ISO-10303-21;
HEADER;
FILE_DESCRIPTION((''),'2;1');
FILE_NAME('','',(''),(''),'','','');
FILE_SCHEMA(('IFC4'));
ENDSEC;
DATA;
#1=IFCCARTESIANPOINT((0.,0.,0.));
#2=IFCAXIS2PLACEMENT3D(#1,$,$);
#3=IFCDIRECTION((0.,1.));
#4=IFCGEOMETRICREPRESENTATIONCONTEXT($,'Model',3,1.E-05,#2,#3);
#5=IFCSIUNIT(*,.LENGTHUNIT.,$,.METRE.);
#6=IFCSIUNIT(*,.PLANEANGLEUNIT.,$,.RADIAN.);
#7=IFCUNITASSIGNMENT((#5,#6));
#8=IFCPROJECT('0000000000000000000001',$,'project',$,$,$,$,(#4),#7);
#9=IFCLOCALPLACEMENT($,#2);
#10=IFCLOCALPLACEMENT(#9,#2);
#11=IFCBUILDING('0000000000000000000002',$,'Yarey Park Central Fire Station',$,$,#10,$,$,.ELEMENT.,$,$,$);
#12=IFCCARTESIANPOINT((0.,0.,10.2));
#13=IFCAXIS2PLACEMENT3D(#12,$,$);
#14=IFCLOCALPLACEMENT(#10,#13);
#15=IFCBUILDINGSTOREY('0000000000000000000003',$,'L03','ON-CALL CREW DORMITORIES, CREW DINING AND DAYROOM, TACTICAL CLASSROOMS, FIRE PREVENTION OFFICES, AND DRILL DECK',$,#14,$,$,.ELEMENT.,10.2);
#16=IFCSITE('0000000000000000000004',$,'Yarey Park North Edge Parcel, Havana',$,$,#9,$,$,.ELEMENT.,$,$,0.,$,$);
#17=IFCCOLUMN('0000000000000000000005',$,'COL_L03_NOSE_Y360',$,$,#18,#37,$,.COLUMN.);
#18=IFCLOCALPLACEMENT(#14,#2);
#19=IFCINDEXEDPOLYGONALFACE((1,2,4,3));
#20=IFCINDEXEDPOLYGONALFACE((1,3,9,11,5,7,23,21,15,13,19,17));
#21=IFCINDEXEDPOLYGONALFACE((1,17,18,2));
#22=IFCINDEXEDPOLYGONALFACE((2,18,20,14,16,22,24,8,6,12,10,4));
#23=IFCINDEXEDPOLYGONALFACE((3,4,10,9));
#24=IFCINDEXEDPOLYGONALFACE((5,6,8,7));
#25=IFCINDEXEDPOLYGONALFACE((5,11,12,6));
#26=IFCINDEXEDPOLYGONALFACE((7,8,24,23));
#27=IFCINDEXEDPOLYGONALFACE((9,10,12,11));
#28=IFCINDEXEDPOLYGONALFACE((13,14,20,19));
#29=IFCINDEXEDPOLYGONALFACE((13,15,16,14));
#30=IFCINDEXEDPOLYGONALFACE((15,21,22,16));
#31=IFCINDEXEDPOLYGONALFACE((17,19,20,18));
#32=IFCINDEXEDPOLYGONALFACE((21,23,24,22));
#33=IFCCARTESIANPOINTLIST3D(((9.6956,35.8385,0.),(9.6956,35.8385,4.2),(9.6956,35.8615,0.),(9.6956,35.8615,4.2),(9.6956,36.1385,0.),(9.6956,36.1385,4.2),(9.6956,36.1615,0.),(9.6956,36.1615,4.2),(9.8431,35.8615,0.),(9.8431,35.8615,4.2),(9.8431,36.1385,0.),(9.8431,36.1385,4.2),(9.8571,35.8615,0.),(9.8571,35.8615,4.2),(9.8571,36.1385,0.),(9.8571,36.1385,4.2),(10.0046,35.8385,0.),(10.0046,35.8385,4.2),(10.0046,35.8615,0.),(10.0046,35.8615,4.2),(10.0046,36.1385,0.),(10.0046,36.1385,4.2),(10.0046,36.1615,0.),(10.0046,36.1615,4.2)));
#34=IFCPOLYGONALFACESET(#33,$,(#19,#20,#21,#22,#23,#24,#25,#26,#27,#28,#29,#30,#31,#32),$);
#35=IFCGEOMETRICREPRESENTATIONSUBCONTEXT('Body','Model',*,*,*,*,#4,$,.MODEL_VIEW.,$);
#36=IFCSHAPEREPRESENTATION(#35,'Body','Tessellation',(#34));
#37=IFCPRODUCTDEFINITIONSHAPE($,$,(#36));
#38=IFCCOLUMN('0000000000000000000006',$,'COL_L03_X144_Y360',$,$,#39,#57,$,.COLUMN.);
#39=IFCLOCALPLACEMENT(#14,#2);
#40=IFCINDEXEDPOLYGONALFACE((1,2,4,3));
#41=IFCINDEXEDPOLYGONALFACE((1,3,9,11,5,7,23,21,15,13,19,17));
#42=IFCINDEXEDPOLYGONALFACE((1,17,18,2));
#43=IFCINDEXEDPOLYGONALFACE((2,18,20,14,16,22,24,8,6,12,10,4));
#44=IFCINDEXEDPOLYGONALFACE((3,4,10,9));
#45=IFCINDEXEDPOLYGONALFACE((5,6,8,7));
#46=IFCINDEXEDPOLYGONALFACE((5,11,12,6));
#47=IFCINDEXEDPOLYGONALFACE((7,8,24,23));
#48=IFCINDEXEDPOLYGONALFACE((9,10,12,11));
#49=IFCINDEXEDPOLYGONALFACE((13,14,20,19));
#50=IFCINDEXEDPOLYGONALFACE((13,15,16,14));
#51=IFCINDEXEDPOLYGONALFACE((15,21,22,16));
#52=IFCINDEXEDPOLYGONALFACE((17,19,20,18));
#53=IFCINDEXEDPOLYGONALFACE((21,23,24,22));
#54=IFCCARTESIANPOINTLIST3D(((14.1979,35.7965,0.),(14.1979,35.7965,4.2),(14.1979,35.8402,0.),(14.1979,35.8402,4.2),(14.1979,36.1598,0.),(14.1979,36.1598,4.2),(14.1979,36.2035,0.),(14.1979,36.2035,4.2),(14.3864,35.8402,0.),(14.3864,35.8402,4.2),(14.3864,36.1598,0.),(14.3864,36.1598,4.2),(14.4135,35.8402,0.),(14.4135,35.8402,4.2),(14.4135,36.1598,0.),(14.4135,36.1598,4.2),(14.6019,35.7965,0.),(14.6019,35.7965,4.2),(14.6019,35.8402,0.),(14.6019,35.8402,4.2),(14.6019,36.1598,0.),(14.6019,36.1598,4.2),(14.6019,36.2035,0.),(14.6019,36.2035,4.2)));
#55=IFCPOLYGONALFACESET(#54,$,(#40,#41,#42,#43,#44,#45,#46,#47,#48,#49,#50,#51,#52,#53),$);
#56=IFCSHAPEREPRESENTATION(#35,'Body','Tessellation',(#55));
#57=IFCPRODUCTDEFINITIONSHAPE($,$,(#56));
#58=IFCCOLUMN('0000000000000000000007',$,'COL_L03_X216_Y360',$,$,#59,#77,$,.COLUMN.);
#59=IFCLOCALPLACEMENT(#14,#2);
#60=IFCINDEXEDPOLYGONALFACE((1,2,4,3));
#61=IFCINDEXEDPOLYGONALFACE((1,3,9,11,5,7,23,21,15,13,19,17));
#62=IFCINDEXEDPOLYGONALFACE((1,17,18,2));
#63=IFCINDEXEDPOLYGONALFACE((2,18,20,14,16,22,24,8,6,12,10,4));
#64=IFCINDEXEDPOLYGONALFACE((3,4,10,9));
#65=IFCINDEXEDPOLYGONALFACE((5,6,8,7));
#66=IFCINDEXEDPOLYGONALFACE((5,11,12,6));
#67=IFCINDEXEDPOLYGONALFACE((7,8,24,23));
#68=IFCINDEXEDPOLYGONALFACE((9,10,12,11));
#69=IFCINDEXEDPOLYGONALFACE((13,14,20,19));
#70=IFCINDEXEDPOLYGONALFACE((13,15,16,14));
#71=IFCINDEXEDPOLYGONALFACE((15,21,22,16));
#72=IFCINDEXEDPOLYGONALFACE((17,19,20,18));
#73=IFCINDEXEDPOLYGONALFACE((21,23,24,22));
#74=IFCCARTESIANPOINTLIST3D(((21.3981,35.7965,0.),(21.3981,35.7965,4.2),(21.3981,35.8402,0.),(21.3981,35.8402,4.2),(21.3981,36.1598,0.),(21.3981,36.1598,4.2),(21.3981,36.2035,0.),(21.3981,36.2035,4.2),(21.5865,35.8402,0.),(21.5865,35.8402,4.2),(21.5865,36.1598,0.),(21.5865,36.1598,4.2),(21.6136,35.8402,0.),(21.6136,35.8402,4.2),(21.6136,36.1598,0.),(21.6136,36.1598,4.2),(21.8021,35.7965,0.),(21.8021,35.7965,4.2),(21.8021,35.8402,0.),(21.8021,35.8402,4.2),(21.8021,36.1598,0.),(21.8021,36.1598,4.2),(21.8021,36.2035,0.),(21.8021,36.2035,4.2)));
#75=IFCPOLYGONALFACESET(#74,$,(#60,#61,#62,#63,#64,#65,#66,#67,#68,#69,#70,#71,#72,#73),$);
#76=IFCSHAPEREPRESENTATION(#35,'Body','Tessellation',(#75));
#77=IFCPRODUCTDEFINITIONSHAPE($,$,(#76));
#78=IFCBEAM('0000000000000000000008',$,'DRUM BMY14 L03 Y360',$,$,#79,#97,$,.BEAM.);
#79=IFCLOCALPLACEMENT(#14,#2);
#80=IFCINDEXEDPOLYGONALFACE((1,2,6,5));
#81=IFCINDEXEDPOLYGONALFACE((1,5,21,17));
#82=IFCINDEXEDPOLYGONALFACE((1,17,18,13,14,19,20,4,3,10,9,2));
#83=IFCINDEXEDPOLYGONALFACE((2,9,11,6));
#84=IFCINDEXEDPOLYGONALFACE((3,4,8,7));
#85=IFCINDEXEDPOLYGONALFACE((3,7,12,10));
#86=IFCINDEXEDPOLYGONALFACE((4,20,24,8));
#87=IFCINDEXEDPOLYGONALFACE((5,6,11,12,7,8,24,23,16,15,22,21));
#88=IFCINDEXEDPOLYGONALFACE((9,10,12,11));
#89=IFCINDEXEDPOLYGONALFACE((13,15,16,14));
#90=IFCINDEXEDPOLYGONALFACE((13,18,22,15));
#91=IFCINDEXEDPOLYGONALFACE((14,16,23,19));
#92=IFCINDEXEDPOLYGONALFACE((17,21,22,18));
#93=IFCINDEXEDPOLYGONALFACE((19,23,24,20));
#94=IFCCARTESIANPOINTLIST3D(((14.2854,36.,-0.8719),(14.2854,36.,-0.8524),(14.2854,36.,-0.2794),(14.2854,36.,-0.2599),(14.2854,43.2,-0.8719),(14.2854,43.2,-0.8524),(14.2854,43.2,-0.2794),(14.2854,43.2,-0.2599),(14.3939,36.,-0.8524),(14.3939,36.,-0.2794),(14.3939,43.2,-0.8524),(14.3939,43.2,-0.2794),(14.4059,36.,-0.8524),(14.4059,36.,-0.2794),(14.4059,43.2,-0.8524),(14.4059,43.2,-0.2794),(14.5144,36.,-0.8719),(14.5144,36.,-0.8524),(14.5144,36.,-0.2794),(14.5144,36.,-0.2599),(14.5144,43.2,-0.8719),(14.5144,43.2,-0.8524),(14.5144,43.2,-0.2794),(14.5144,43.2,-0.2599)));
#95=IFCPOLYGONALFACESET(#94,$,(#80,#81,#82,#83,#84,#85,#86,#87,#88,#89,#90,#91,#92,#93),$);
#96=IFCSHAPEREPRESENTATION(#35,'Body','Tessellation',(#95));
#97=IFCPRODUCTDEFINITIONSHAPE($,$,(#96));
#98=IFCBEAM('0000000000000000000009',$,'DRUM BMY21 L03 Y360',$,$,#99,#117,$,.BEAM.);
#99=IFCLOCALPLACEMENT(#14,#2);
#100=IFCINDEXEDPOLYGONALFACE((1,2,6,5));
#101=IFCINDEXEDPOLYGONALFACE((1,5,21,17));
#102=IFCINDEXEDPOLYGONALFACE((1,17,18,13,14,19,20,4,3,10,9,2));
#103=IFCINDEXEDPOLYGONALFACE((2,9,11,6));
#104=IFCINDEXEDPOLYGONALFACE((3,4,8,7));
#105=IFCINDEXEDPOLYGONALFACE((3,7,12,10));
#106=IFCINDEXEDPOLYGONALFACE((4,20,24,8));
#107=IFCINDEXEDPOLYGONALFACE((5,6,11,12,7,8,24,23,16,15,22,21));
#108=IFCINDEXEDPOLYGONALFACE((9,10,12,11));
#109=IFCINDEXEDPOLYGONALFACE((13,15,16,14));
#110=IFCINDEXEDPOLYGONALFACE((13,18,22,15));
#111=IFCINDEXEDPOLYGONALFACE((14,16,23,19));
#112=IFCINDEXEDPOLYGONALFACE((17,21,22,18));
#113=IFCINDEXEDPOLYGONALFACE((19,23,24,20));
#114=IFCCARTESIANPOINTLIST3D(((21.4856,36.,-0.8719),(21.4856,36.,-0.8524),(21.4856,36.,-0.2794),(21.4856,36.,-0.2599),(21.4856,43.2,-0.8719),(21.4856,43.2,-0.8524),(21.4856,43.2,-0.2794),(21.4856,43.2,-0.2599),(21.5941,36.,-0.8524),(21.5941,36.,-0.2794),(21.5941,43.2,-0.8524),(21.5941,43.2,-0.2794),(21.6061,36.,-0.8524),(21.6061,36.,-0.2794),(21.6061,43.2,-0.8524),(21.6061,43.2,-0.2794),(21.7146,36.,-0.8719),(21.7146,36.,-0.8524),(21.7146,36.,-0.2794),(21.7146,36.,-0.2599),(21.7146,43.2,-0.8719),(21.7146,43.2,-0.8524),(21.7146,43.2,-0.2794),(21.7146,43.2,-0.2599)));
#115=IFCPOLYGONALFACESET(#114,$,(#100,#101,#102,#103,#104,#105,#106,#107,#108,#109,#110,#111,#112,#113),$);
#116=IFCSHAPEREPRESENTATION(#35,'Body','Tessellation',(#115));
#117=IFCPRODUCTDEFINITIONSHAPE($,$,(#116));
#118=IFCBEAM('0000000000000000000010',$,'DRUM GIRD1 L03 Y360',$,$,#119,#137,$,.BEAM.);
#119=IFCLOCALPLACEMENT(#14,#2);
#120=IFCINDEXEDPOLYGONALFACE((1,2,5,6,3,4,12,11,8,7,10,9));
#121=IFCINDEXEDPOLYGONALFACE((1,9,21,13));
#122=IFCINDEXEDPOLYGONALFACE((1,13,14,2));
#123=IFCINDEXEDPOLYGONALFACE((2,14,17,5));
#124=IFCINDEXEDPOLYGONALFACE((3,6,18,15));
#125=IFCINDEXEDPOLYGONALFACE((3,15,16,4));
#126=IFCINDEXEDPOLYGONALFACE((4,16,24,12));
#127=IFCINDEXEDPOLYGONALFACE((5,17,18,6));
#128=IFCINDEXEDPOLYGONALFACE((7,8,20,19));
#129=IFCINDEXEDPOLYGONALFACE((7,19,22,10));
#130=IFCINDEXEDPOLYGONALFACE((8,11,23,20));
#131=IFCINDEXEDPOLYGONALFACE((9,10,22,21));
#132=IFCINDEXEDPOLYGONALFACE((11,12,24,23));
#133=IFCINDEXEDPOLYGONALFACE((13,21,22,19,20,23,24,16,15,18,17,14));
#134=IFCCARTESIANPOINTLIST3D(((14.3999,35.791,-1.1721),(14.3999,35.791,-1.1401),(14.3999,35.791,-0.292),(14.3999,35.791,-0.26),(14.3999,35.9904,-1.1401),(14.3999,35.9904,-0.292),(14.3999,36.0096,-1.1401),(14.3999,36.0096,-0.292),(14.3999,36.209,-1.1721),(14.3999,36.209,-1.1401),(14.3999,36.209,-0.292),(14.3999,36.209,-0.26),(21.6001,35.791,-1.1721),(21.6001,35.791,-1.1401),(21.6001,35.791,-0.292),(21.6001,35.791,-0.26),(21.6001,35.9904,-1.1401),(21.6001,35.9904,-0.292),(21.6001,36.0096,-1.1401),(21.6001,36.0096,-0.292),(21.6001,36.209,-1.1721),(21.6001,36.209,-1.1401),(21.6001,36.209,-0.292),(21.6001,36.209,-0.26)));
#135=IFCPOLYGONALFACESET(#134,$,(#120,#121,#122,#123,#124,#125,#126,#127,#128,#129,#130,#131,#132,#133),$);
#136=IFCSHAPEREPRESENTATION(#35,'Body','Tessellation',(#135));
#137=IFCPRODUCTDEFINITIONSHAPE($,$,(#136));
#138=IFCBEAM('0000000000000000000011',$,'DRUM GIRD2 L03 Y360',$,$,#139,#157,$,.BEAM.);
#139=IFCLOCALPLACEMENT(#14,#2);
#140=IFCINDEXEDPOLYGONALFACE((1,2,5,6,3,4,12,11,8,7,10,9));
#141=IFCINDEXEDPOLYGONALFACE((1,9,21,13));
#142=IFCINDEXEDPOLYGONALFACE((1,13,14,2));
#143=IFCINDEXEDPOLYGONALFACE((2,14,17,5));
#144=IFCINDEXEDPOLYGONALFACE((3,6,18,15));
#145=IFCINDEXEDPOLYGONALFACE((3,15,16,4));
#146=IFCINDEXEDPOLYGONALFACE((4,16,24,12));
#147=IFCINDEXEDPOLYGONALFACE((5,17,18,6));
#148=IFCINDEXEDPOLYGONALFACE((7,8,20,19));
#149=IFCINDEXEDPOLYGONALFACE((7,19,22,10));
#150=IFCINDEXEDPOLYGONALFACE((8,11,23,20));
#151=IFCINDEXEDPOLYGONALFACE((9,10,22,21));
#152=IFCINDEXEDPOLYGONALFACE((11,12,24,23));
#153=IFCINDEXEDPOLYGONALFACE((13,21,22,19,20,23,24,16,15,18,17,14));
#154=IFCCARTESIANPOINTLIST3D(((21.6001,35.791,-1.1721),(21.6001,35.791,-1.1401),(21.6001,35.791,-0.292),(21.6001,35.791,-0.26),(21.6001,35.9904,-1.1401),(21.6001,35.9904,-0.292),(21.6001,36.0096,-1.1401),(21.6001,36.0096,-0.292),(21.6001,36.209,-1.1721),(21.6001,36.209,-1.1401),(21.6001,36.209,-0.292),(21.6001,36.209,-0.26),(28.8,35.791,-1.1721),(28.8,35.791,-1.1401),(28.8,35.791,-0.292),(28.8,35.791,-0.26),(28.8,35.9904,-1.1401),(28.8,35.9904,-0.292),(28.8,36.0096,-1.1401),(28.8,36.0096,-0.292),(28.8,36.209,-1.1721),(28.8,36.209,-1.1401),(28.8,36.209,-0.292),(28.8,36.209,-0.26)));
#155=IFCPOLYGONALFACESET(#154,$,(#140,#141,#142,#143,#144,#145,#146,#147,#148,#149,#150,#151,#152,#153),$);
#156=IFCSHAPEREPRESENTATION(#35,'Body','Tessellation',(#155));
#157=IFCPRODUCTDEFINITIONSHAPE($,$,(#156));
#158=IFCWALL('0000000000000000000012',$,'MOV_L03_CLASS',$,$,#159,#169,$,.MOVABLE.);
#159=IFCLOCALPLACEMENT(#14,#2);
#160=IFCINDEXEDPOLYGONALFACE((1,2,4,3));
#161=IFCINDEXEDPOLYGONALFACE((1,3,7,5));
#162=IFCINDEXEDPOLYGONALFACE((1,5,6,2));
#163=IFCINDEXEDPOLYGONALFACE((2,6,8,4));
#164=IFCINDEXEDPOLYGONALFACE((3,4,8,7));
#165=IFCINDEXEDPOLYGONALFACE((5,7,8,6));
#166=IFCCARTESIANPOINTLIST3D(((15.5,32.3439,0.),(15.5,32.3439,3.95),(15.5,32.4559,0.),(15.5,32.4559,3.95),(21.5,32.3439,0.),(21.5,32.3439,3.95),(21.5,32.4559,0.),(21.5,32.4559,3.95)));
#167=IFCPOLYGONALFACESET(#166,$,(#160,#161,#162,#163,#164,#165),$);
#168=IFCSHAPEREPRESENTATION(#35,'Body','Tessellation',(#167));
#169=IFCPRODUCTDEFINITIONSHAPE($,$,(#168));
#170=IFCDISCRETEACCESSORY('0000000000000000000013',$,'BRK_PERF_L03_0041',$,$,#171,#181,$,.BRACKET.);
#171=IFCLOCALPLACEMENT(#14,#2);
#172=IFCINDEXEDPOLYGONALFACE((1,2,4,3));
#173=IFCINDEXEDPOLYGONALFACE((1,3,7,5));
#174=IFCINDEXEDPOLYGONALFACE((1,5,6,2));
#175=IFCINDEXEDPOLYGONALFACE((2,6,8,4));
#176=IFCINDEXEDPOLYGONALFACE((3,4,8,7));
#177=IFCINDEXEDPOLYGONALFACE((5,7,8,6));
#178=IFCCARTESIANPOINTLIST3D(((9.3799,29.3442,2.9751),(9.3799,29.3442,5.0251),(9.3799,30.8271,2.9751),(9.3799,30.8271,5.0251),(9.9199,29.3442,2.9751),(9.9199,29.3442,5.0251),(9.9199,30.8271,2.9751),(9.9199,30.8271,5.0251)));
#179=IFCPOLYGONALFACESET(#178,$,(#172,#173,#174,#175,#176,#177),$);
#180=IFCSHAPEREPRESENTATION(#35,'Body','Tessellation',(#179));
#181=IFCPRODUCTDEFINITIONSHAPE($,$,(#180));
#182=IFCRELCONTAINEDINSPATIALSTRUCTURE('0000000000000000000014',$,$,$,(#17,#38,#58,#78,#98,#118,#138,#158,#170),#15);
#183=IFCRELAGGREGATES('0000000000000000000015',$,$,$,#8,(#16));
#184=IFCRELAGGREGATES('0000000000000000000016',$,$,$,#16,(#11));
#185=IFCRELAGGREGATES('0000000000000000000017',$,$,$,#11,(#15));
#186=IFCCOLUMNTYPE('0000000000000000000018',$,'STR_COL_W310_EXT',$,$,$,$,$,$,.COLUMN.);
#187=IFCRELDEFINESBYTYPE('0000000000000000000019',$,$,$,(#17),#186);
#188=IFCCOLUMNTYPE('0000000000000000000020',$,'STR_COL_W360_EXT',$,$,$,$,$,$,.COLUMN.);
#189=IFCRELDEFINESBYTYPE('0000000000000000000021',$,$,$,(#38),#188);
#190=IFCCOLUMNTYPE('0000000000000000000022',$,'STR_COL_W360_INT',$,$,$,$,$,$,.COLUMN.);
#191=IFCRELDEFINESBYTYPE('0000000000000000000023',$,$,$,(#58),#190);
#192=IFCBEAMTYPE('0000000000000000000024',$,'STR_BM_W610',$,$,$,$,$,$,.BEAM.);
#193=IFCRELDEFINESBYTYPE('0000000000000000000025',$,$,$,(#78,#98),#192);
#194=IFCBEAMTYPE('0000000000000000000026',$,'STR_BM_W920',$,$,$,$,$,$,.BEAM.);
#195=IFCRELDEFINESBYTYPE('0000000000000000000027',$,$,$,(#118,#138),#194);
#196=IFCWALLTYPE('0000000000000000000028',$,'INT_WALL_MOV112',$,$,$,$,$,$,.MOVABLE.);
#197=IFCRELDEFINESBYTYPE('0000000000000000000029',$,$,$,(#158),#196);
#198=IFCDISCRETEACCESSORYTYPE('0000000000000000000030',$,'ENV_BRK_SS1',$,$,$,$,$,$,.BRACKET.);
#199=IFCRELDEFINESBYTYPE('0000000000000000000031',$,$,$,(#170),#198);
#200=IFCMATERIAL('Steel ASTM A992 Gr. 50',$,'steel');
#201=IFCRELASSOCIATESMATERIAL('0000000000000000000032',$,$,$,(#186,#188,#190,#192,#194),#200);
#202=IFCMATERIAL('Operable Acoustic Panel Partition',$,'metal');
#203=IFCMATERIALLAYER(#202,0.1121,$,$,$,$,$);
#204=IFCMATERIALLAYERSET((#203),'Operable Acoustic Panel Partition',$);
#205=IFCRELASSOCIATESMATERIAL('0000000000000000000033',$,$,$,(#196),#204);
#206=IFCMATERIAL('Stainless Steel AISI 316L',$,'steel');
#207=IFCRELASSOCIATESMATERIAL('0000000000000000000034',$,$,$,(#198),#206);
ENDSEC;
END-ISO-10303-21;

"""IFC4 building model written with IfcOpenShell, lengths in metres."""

from ifc_helpers import new_model, si_unit, direction, frame, frame_2d, origin, origin_2d, place, context, subcontext, project, spatial, rectangle, i_section, extrude, material, layer, layer_set, material_profile, profile_set, type_object, element, save


model = new_model("IFC4")

# Units and contexts
model_context = context("Model", 3, precision=1e-05, world=origin(), true_north=direction((0.0, 1.0)))
body_context = subcontext(model_context, "Body", "Model", "MODEL_VIEW")
ifc_project = project(units=[si_unit("LENGTHUNIT", "METRE"), si_unit("PLANEANGLEUNIT", "RADIAN")], contexts=[model_context])

# Site, building, storey
site_placement = place(None, origin())
site = spatial("IfcSite", under=ifc_project, at=site_placement, Name="Yarey Park North Edge Parcel, Havana", CompositionType="ELEMENT", RefElevation=0.0)
building_placement = place(site_placement, origin())
building = spatial("IfcBuilding", under=site, at=building_placement, Name="Yarey Park Central Fire Station", CompositionType="ELEMENT")
storey_placement = place(building_placement, frame((0.0, 0.0, 10.2)))
storey = spatial("IfcBuildingStorey", under=building, at=storey_placement, Name="L03", Description="ON-CALL CREW DORMITORIES, CREW DINING AND DAYROOM, TACTICAL CLASSROOMS, FIRE PREVENTION OFFICES, AND DRILL DECK", CompositionType="ELEMENT", Elevation=10.2)

# Columns
ifc_material_1 = material(Name="Steel ASTM A992 Gr. 50", Category="steel")
ifc_material_profile_1 = material_profile(ifc_material_1, i_section(OverallWidth=0.3091, OverallDepth=0.323, WebThickness=0.0139, FlangeThickness=0.0229, at=origin_2d()), Name="W310x143")
ifc_profile_set_1 = profile_set([ifc_material_profile_1], Name="Steel ASTM A992 Gr. 50")
column_type_1 = type_object("IfcColumnType", Name="STR_COL_W310_EXT", PredefinedType="COLUMN", material=ifc_profile_set_1)
column_1_placement = place(storey_placement, frame((9.8501, 36.0, 0.0), z_axis=(0.0, 0.0, 1.0), x_axis=(1.0, 0.0, 0.0)))
element("IfcColumn", 1, at=column_1_placement, inside=storey, type_object=column_type_1, Name="COL_L03_NOSE_Y360", PredefinedType="COLUMN", context=body_context, shape_type="SweptSolid", body=[
    extrude(i_section(OverallWidth=0.3091, OverallDepth=0.323, WebThickness=0.0139, FlangeThickness=0.0229, at=origin_2d()), origin(), (0.0, 0.0, 1.0), 4.2),
])
ifc_material_profile_2 = material_profile(ifc_material_1, i_section(OverallWidth=0.4041, OverallDepth=0.407, WebThickness=0.0271, FlangeThickness=0.0437, at=origin_2d()), Name="W360x347")
ifc_profile_set_2 = profile_set([ifc_material_profile_2], Name="Steel ASTM A992 Gr. 50")
column_type_2 = type_object("IfcColumnType", Name="STR_COL_W360_EXT", PredefinedType="COLUMN", material=ifc_profile_set_2)
column_2_placement = place(storey_placement, frame((14.3999, 36.0, 0.0), z_axis=(0.0, 0.0, 1.0), x_axis=(1.0, 0.0, 0.0)))
element("IfcColumn", 2, at=column_2_placement, inside=storey, type_object=column_type_2, Name="COL_L03_X144_Y360", PredefinedType="COLUMN", context=body_context, shape_type="SweptSolid", body=[
    extrude(i_section(OverallWidth=0.4041, OverallDepth=0.407, WebThickness=0.0271, FlangeThickness=0.0437, at=origin_2d()), origin(), (0.0, 0.0, 1.0), 4.2),
])
ifc_material_profile_3 = material_profile(ifc_material_1, i_section(OverallWidth=0.4041, OverallDepth=0.407, WebThickness=0.0271, FlangeThickness=0.0437, at=origin_2d()), Name="W360x347")
ifc_profile_set_3 = profile_set([ifc_material_profile_3], Name="Steel ASTM A992 Gr. 50")
column_type_3 = type_object("IfcColumnType", Name="STR_COL_W360_INT", PredefinedType="COLUMN", material=ifc_profile_set_3)
column_3_placement = place(storey_placement, frame((21.6001, 36.0, 0.0), z_axis=(0.0, 0.0, 1.0), x_axis=(1.0, 0.0, 0.0)))
element("IfcColumn", 3, at=column_3_placement, inside=storey, type_object=column_type_3, Name="COL_L03_X216_Y360", PredefinedType="COLUMN", context=body_context, shape_type="SweptSolid", body=[
    extrude(i_section(OverallWidth=0.4041, OverallDepth=0.407, WebThickness=0.0271, FlangeThickness=0.0437, at=origin_2d()), origin(), (0.0, 0.0, 1.0), 4.2),
])

# Beams
ifc_material_profile_4 = material_profile(ifc_material_1, i_section(OverallWidth=0.229, OverallDepth=0.6121, WebThickness=0.012, FlangeThickness=0.0195, at=origin_2d()), Name="W610x125")
ifc_profile_set_4 = profile_set([ifc_material_profile_4], Name="Steel ASTM A992 Gr. 50")
beam_type_1 = type_object("IfcBeamType", Name="STR_BM_W610", PredefinedType="BEAM", material=ifc_profile_set_4)
for number, where, z_axis, x_axis, name in (
    (4, (14.3999, 36.0, -0.5659), (0.0, 1.0, 0.0), (-1.0, 0.0, 0.0), "DRUM BMY14 L03 Y360"),
    (5, (21.6001, 36.0, -0.5659), (0.0, 1.0, 0.0), (-1.0, 0.0, 0.0), "DRUM BMY21 L03 Y360"),
):
    element("IfcBeam", number, at=place(storey_placement, frame(where, z_axis=z_axis, x_axis=x_axis)), inside=storey, type_object=beam_type_1, Name=name, PredefinedType="BEAM", context=body_context, shape_type="SweptSolid", body=[
        extrude(i_section(OverallWidth=0.229, OverallDepth=0.6121, WebThickness=0.012, FlangeThickness=0.0195, at=origin_2d()), origin(), (0.0, 0.0, 1.0), 7.2),
    ])
ifc_material_profile_5 = material_profile(ifc_material_1, i_section(OverallWidth=0.418, OverallDepth=0.9121, WebThickness=0.0193, FlangeThickness=0.032, at=origin_2d()), Name="W920x342")
ifc_profile_set_5 = profile_set([ifc_material_profile_5], Name="Steel ASTM A992 Gr. 50")
beam_type_2 = type_object("IfcBeamType", Name="STR_BM_W920", PredefinedType="BEAM", material=ifc_profile_set_5)
beam_1_placement = place(storey_placement, frame((14.3999, 36.0, -0.7161), z_axis=(1.0, 0.0, 0.0), x_axis=(0.0, 1.0, 0.0)))
element("IfcBeam", 6, at=beam_1_placement, inside=storey, type_object=beam_type_2, Name="DRUM GIRD1 L03 Y360", PredefinedType="BEAM", context=body_context, shape_type="SweptSolid", body=[
    extrude(i_section(OverallWidth=0.418, OverallDepth=0.9121, WebThickness=0.0193, FlangeThickness=0.032, at=origin_2d()), origin(), (0.0, 0.0, 1.0), 7.2002),
])
beam_2_placement = place(storey_placement, frame((21.6001, 36.0, -0.7161), z_axis=(1.0, 0.0, 0.0), x_axis=(0.0, 1.0, 0.0)))
element("IfcBeam", 7, at=beam_2_placement, inside=storey, type_object=beam_type_2, Name="DRUM GIRD2 L03 Y360", PredefinedType="BEAM", context=body_context, shape_type="SweptSolid", body=[
    extrude(i_section(OverallWidth=0.418, OverallDepth=0.9121, WebThickness=0.0193, FlangeThickness=0.032, at=origin_2d()), origin(), (0.0, 0.0, 1.0), 7.2),
])

# Wall
ifc_material_2 = material(Name="Operable Acoustic Panel Partition", Category="metal")
ifc_layer = layer(ifc_material_2, 0.1121)
ifc_layer_set = layer_set([ifc_layer], Name="Operable Acoustic Panel Partition")
wall_type = type_object("IfcWallType", Name="INT_WALL_MOV112", PredefinedType="MOVABLE", material=ifc_layer_set)
wall_placement = place(storey_placement, frame((15.5, 32.3999, 0.0), z_axis=(0.0, 0.0, 1.0), x_axis=(1.0, 0.0, 0.0)))
element("IfcWall", 8, at=wall_placement, inside=storey, type_object=wall_type, Name="MOV_L03_CLASS", PredefinedType="MOVABLE", context=body_context, shape_type="SweptSolid", body=[
    extrude(rectangle(XDim=6.0, YDim=0.1121, at=frame_2d((3.0, 0.0))), origin(), (0.0, 0.0, 1.0), 3.95),
])

# Discrete accessory
ifc_material_3 = material(Name="Stainless Steel AISI 316L", Category="steel")
discrete_accessory_type = type_object("IfcDiscreteAccessoryType", Name="ENV_BRK_SS1", PredefinedType="BRACKET", material=ifc_material_3)
discrete_accessory_1_placement = place(storey_placement, frame((9.6499, 30.0857, 2.9751), z_axis=(0.0, 0.0, 1.0), x_axis=(1.0, 0.0, 0.0)))
element("IfcDiscreteAccessory", 9, at=discrete_accessory_1_placement, inside=storey, type_object=discrete_accessory_type, Name="BRK_PERF_L03_0041", PredefinedType="BRACKET", context=body_context, shape_type="SweptSolid", body=[
    extrude(rectangle(XDim=0.54, YDim=1.4829, at=origin_2d()), origin(), (0.0, 0.0, 1.0), 2.05),
])

save(model, "model.ifc")
